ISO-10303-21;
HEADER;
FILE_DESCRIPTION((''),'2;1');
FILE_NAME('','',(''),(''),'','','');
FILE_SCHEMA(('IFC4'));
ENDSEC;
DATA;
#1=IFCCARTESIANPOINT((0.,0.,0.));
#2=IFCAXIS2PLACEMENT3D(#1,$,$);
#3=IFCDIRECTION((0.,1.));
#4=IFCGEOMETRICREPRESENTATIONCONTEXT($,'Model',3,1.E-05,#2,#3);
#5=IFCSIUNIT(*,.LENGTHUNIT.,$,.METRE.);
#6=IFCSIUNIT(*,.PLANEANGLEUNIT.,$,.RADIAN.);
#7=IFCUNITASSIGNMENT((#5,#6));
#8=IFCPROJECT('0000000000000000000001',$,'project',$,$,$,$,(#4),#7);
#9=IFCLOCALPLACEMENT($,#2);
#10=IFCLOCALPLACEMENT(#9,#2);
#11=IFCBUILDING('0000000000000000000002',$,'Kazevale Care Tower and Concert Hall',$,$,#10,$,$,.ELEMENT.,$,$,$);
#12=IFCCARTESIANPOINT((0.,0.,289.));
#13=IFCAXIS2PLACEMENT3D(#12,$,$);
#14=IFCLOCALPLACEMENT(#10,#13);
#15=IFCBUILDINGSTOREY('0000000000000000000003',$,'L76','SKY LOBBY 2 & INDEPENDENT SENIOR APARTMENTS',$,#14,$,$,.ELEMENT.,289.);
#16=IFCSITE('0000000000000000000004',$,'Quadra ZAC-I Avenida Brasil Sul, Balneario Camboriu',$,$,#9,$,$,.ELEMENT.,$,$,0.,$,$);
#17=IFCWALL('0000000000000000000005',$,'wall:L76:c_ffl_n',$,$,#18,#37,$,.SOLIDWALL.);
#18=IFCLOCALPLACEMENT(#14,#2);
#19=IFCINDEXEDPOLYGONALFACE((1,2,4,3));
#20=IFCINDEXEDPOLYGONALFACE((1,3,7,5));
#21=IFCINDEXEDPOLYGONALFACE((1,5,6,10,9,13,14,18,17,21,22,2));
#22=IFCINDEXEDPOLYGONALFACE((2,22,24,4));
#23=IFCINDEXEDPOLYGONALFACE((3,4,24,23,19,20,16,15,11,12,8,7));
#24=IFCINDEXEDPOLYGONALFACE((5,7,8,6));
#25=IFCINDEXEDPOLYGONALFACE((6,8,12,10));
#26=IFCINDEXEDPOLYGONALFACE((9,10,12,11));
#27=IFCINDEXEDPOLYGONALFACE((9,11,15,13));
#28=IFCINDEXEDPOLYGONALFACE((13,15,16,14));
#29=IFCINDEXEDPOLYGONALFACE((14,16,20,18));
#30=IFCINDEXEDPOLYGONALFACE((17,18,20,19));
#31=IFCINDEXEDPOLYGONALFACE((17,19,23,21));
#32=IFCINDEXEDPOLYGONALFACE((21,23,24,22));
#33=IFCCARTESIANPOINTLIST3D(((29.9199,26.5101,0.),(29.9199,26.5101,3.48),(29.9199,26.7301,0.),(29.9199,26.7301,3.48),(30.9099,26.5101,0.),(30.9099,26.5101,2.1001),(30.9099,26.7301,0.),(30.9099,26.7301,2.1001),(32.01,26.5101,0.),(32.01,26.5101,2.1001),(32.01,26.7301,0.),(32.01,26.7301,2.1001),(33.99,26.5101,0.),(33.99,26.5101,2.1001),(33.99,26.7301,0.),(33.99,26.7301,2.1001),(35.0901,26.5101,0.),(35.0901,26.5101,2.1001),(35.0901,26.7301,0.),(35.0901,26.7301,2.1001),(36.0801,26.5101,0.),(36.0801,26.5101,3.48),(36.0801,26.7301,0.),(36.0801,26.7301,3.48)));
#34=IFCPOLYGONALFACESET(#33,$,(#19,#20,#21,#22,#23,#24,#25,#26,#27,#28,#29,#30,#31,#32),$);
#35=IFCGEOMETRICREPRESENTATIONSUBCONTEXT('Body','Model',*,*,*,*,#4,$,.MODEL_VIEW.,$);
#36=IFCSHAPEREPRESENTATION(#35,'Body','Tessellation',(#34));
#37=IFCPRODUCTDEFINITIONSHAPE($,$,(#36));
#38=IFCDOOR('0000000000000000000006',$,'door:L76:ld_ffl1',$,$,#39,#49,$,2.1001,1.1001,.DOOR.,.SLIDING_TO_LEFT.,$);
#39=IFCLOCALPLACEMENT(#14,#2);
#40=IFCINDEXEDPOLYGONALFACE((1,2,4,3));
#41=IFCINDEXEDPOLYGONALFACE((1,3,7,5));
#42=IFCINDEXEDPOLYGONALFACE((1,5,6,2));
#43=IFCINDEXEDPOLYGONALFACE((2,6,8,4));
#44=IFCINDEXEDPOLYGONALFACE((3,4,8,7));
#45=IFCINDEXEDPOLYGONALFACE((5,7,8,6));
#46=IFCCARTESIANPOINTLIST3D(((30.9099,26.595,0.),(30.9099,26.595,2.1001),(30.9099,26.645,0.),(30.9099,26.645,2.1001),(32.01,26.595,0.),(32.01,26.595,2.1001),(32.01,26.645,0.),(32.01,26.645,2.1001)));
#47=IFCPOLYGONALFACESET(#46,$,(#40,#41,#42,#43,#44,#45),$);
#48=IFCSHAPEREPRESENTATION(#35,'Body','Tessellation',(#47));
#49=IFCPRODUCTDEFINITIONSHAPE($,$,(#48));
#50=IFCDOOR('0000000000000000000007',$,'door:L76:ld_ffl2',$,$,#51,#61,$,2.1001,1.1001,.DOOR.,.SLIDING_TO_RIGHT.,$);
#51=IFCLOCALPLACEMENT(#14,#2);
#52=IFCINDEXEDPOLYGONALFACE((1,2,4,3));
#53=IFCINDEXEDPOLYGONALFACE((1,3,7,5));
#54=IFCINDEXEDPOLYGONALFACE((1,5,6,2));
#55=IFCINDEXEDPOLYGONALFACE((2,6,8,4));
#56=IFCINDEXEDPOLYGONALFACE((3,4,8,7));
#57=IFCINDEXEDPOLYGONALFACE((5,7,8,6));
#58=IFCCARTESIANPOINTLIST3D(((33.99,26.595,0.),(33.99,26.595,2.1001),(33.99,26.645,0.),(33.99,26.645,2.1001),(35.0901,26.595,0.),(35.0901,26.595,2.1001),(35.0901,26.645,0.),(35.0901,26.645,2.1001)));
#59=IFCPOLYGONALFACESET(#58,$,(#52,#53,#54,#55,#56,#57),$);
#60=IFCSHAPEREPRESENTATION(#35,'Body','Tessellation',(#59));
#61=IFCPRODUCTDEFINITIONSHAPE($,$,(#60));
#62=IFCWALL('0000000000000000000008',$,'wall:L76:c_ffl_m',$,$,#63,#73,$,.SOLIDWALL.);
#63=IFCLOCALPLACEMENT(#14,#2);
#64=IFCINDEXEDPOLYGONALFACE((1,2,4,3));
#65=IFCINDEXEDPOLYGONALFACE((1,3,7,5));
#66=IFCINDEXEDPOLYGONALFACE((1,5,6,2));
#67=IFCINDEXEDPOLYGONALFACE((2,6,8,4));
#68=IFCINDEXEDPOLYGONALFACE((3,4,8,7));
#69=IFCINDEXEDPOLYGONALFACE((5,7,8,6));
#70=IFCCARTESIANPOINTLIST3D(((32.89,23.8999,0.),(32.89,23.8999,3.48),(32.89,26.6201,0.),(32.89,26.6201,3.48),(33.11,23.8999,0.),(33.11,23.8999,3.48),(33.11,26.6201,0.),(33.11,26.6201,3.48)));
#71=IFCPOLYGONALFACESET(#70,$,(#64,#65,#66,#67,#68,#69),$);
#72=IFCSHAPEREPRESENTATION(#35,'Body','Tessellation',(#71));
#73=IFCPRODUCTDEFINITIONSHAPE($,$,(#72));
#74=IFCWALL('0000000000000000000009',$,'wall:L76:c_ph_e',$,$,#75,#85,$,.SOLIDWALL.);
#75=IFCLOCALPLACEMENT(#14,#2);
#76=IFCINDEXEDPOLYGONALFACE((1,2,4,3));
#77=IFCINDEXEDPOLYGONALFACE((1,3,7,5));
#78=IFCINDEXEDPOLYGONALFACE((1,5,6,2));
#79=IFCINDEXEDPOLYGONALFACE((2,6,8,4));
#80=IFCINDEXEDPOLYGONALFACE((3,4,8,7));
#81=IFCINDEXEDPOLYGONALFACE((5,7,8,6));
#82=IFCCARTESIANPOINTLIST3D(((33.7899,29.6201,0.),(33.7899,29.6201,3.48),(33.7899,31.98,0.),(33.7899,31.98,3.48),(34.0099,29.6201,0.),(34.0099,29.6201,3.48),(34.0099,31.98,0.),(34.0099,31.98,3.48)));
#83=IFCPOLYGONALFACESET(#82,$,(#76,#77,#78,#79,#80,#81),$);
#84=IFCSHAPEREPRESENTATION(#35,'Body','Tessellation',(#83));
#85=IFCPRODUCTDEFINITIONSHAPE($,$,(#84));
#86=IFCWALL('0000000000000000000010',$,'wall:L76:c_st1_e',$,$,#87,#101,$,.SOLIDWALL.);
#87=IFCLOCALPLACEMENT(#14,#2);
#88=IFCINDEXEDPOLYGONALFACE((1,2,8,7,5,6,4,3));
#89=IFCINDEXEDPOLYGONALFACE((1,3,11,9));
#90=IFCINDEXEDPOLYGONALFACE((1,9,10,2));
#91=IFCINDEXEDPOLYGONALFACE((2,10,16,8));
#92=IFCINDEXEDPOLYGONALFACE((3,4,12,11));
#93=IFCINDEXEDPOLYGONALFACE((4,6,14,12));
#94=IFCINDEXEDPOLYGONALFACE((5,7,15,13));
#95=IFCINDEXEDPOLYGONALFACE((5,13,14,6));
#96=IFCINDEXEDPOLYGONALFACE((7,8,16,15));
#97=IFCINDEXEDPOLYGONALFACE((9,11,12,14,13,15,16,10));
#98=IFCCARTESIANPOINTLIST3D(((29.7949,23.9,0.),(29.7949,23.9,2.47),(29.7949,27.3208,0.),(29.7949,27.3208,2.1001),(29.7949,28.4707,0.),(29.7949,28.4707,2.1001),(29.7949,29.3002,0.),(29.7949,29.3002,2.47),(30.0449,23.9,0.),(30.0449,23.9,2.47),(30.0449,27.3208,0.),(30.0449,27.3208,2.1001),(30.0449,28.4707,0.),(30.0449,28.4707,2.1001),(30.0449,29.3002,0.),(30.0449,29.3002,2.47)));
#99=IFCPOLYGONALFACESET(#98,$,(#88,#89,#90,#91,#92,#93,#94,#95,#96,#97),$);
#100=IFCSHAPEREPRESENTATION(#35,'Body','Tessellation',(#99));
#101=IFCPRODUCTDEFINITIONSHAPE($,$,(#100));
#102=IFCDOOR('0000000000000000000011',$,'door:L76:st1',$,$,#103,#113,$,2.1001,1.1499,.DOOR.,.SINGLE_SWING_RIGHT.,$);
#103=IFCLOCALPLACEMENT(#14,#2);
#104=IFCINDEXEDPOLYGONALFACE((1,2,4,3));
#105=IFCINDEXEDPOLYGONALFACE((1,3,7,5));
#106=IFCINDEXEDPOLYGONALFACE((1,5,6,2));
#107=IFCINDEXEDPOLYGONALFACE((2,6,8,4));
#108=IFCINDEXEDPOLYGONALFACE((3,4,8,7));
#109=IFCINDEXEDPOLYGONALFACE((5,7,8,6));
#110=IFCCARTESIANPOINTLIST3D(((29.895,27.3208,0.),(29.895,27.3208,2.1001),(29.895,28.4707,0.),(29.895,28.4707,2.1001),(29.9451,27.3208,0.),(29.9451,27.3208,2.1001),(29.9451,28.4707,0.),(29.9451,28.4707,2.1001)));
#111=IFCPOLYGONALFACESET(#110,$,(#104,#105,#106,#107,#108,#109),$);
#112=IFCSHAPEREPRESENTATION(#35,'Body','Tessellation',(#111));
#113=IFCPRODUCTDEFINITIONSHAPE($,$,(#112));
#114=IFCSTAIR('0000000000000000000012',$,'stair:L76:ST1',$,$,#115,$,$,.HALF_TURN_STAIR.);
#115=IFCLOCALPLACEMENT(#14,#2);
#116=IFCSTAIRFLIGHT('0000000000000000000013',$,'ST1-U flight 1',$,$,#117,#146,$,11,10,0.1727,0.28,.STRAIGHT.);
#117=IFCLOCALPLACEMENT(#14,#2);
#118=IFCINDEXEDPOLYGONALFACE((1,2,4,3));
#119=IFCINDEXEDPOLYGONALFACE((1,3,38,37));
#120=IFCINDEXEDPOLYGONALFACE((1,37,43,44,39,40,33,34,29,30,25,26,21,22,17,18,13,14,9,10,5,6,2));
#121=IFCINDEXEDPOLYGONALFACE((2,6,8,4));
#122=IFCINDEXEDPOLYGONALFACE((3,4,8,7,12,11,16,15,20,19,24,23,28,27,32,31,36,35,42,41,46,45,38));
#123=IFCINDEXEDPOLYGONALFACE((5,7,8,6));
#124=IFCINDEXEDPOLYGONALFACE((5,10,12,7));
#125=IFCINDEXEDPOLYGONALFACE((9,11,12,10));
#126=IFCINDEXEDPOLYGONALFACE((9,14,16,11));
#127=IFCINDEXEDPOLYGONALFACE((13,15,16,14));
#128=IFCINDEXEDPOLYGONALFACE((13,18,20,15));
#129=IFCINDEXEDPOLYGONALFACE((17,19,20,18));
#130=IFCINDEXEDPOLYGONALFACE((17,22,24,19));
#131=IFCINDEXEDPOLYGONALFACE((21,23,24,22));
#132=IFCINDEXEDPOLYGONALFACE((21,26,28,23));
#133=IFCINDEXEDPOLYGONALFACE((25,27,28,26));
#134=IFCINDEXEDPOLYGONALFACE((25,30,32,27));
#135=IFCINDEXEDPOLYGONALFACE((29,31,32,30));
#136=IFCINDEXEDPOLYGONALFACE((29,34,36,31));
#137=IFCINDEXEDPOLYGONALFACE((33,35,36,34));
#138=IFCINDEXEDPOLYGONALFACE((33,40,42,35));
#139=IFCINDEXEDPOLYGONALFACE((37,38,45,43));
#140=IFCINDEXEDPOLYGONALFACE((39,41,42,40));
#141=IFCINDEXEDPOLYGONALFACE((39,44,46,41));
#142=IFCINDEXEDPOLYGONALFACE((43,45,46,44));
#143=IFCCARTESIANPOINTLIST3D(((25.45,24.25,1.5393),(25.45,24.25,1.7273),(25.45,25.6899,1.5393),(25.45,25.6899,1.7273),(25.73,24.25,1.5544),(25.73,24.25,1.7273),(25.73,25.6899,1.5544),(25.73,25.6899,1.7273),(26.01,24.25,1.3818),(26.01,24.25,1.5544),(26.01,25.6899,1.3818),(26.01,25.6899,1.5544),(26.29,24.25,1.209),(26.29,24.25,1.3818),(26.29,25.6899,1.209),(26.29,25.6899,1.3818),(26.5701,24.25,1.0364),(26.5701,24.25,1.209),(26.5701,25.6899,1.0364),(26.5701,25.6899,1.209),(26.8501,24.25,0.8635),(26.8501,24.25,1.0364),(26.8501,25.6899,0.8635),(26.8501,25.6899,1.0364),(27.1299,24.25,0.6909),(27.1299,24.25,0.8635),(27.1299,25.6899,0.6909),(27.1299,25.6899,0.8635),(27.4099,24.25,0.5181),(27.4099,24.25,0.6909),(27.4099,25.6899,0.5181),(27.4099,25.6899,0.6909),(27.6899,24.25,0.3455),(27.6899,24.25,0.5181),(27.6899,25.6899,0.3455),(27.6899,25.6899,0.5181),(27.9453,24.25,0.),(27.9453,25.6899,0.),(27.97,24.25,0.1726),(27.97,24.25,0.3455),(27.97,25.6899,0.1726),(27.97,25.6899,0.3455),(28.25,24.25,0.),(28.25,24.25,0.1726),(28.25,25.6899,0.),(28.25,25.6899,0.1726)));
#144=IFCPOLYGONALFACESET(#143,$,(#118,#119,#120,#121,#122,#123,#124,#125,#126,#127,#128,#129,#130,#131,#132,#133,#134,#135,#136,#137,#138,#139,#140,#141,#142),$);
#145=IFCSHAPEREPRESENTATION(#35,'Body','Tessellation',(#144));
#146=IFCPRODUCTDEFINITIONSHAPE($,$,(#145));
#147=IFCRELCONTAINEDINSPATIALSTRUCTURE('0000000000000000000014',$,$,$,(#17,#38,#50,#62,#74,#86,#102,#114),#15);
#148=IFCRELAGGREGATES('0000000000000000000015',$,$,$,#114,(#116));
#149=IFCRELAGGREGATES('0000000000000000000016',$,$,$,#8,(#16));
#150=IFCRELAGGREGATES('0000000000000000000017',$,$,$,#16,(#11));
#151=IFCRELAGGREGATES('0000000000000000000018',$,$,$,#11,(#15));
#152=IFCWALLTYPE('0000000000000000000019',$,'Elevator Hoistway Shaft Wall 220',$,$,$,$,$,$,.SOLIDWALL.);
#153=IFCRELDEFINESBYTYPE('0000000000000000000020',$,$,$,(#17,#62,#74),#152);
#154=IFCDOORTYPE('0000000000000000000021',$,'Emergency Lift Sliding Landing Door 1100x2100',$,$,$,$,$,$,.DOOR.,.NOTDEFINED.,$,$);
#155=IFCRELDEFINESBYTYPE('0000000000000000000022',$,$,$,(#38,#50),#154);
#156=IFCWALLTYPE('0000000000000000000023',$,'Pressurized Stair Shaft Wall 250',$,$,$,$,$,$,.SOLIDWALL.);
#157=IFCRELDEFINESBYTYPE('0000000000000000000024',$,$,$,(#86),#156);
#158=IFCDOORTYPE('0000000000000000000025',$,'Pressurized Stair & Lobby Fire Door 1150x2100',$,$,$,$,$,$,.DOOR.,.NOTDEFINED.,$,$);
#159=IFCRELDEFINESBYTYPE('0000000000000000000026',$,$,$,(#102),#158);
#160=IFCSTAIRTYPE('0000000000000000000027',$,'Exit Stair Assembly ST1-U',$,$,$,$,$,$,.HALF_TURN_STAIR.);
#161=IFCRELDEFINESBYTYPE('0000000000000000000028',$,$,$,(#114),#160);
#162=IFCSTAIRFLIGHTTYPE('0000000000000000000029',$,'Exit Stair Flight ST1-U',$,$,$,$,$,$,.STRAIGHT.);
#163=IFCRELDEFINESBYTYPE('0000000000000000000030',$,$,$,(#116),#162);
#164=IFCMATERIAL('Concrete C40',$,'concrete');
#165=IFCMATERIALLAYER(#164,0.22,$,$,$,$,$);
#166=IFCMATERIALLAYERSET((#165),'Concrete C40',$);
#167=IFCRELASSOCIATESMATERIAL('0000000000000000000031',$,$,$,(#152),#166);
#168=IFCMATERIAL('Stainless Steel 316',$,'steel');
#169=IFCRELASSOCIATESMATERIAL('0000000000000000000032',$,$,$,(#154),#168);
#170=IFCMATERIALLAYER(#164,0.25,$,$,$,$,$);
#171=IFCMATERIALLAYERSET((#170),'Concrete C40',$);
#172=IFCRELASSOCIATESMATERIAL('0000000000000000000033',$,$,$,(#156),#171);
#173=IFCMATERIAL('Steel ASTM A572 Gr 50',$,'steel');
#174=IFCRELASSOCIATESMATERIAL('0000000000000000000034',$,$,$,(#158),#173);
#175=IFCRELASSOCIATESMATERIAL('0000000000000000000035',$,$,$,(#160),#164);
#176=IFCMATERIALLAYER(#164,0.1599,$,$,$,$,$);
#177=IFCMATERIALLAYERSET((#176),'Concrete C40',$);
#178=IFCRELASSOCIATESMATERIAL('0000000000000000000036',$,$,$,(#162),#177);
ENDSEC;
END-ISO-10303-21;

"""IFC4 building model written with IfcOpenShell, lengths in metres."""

from ifc_helpers import new_model, si_unit, direction, frame, frame_2d, origin, place, context, subcontext, project, spatial, polyline, rectangle, outline, extrude, material, layer, layer_set, type_object, element, fill, aggregate, save


model = new_model("IFC4")

# Units and contexts
model_context = context("Model", 3, precision=1e-05, world=origin(), true_north=direction((0.0, 1.0)))
body_context = subcontext(model_context, "Body", "Model", "MODEL_VIEW")
ifc_project = project(units=[si_unit("LENGTHUNIT", "METRE"), si_unit("PLANEANGLEUNIT", "RADIAN")], contexts=[model_context])

# Site, building, storey
site_placement = place(None, origin())
site = spatial("IfcSite", under=ifc_project, at=site_placement, Name="Quadra ZAC-I Avenida Brasil Sul, Balneario Camboriu", CompositionType="ELEMENT", RefElevation=0.0)
building_placement = place(site_placement, origin())
building = spatial("IfcBuilding", under=site, at=building_placement, Name="Kazevale Care Tower and Concert Hall", CompositionType="ELEMENT")
storey_placement = place(building_placement, frame((0.0, 0.0, 289.0)))
storey = spatial("IfcBuildingStorey", under=building, at=storey_placement, Name="L76", Description="SKY LOBBY 2 & INDEPENDENT SENIOR APARTMENTS", CompositionType="ELEMENT", Elevation=289.0)

# Shared definitions
ifc_material_1 = material(Name="Steel ASTM A572 Gr 50", Category="steel")

# Wall, openings, doors
ifc_material_2 = material(Name="Concrete C40", Category="concrete")
ifc_layer_1 = layer(ifc_material_2, 0.22)
ifc_layer_set_1 = layer_set([ifc_layer_1], Name="Concrete C40")
wall_type_1 = type_object("IfcWallType", Name="Elevator Hoistway Shaft Wall 220", PredefinedType="SOLIDWALL", material=ifc_layer_set_1)
wall_1_placement = place(storey_placement, frame((29.9199, 26.6201, 0.0), z_axis=(0.0, 0.0, 1.0), x_axis=(1.0, 0.0, 0.0)))
wall_1 = element("IfcWall", 1, at=wall_1_placement, inside=storey, type_object=wall_type_1, Name="wall:L76:c_ffl_n", PredefinedType="SOLIDWALL", context=body_context, shape_type="SweptSolid", body=[
    extrude(rectangle(XDim=6.1602, YDim=0.22, at=frame_2d((3.0801, 0.0))), origin(), (0.0, 0.0, 1.0), 3.48),
])
opening_1_placement = place(wall_1_placement, frame((0.99, 0.0, 0.0)))
opening_1 = element("IfcOpeningElement", 2, at=opening_1_placement, cuts=wall_1, PredefinedType="OPENING", context=body_context, shape_type="SweptSolid", body=[
    extrude(rectangle(XDim=1.1001, YDim=2.1001, at=frame_2d((0.55, 1.05))), frame((0.0, 0.1199, 0.0), z_axis=(0.0, -1.0, 0.0), x_axis=(1.0, 0.0, 0.0)), (0.0, 0.0, 1.0), 0.24),
])
opening_2_placement = place(wall_1_placement, frame((4.0701, 0.0, 0.0)))
opening_2 = element("IfcOpeningElement", 3, at=opening_2_placement, cuts=wall_1, PredefinedType="OPENING", context=body_context, shape_type="SweptSolid", body=[
    extrude(rectangle(XDim=1.1001, YDim=2.1001, at=frame_2d((0.55, 1.05))), frame((0.0, 0.1199, 0.0), z_axis=(0.0, -1.0, 0.0), x_axis=(1.0, 0.0, 0.0)), (0.0, 0.0, 1.0), 0.24),
])
ifc_material_3 = material(Name="Stainless Steel 316", Category="steel")
door_type_1 = type_object("IfcDoorType", Name="Emergency Lift Sliding Landing Door 1100x2100", OperationType="NOTDEFINED", PredefinedType="DOOR", material=ifc_material_3)
door_1_placement = place(opening_1_placement, origin())
door_1 = element("IfcDoor", 4, at=door_1_placement, inside=storey, type_object=door_type_1, Name="door:L76:ld_ffl1", OperationType="SLIDING_TO_LEFT", OverallHeight=2.1001, OverallWidth=1.1001, PredefinedType="DOOR", context=body_context, shape_type="SweptSolid", body=[
    extrude(rectangle(XDim=1.1001, YDim=2.1001, at=frame_2d((0.55, 1.05))), frame((0.0, 0.0249, 0.0), z_axis=(0.0, -1.0, 0.0), x_axis=(1.0, 0.0, 0.0)), (0.0, 0.0, 1.0), 0.05),
])
fill(opening_1, door_1)
door_2_placement = place(opening_2_placement, origin())
door_2 = element("IfcDoor", 5, at=door_2_placement, inside=storey, type_object=door_type_1, Name="door:L76:ld_ffl2", OperationType="SLIDING_TO_RIGHT", OverallHeight=2.1001, OverallWidth=1.1001, PredefinedType="DOOR", context=body_context, shape_type="SweptSolid", body=[
    extrude(rectangle(XDim=1.1001, YDim=2.1001, at=frame_2d((0.55, 1.05))), frame((0.0, 0.0249, 0.0), z_axis=(0.0, -1.0, 0.0), x_axis=(1.0, 0.0, 0.0)), (0.0, 0.0, 1.0), 0.05),
])
fill(opening_2, door_2)

# Walls
wall_2_placement = place(storey_placement, frame((33.0, 23.8999, 0.0), z_axis=(0.0, 0.0, 1.0), x_axis=(0.0, 1.0, 0.0)))
element("IfcWall", 6, at=wall_2_placement, inside=storey, type_object=wall_type_1, Name="wall:L76:c_ffl_m", PredefinedType="SOLIDWALL", context=body_context, shape_type="SweptSolid", body=[
    extrude(rectangle(XDim=2.7202, YDim=0.22, at=frame_2d((1.3601, 0.0))), origin(), (0.0, 0.0, 1.0), 3.48),
])
wall_3_placement = place(storey_placement, frame((33.8999, 29.6201, 0.0), z_axis=(0.0, 0.0, 1.0), x_axis=(0.0, 1.0, 0.0)))
element("IfcWall", 7, at=wall_3_placement, inside=storey, type_object=wall_type_1, Name="wall:L76:c_ph_e", PredefinedType="SOLIDWALL", context=body_context, shape_type="SweptSolid", body=[
    extrude(rectangle(XDim=2.3599, YDim=0.22, at=frame_2d((1.1799, 0.0))), origin(), (0.0, 0.0, 1.0), 3.48),
])

# Wall, opening, door
ifc_layer_2 = layer(ifc_material_2, 0.25)
ifc_layer_set_2 = layer_set([ifc_layer_2], Name="Concrete C40")
wall_type_2 = type_object("IfcWallType", Name="Pressurized Stair Shaft Wall 250", PredefinedType="SOLIDWALL", material=ifc_layer_set_2)
wall_4_placement = place(storey_placement, frame((29.9199, 23.8999, 0.0), z_axis=(0.0, 0.0, 1.0), x_axis=(0.0, 1.0, 0.0)))
wall_4 = element("IfcWall", 8, at=wall_4_placement, inside=storey, type_object=wall_type_2, Name="wall:L76:c_st1_e", PredefinedType="SOLIDWALL", context=body_context, shape_type="SweptSolid", body=[
    extrude(rectangle(XDim=5.4001, YDim=0.25, at=frame_2d((2.7002, 0.0))), origin(), (0.0, 0.0, 1.0), 2.47),
])
opening_3_placement = place(wall_4_placement, frame((3.4209, 0.0, 0.0)))
opening_3 = element("IfcOpeningElement", 9, at=opening_3_placement, cuts=wall_4, PredefinedType="OPENING", context=body_context, shape_type="SweptSolid", body=[
    extrude(rectangle(XDim=1.1499, YDim=2.1001, at=frame_2d((0.575, 1.05))), frame((0.0, 0.135, 0.0), z_axis=(0.0, -1.0, 0.0), x_axis=(1.0, 0.0, 0.0)), (0.0, 0.0, 1.0), 0.27),
])
door_type_2 = type_object("IfcDoorType", Name="Pressurized Stair & Lobby Fire Door 1150x2100", OperationType="NOTDEFINED", PredefinedType="DOOR", material=ifc_material_1)
door_3_placement = place(opening_3_placement, origin())
door_3 = element("IfcDoor", 10, at=door_3_placement, inside=storey, type_object=door_type_2, Name="door:L76:st1", OperationType="SINGLE_SWING_RIGHT", OverallHeight=2.1001, OverallWidth=1.1499, PredefinedType="DOOR", context=body_context, shape_type="SweptSolid", body=[
    extrude(rectangle(XDim=1.1499, YDim=2.1001, at=frame_2d((0.575, 1.05))), frame((0.0, 0.0249, 0.0), z_axis=(0.0, -1.0, 0.0), x_axis=(1.0, 0.0, 0.0)), (0.0, 0.0, 1.0), 0.05),
])
fill(opening_3, door_3)

# Stair, stair flight
stair_type = type_object("IfcStairType", Name="Exit Stair Assembly ST1-U", PredefinedType="HALF_TURN_STAIR", material=ifc_material_2)
stair_placement = place(storey_placement, origin())
stair = element("IfcStair", 11, at=stair_placement, inside=storey, type_object=stair_type, Name="stair:L76:ST1", PredefinedType="HALF_TURN_STAIR")
ifc_layer_3 = layer(ifc_material_2, 0.1599)
ifc_layer_set_3 = layer_set([ifc_layer_3], Name="Concrete C40")
stair_flight_type = type_object("IfcStairFlightType", Name="Exit Stair Flight ST1-U", PredefinedType="STRAIGHT", material=ifc_layer_set_3)
stair_flight_placement = place(storey_placement, frame((28.25, 24.97, 0.0), z_axis=(0.0, 0.0, 1.0), x_axis=(-1.0, 0.0, 0.0)))
stair_flight = element("IfcStairFlight", 12, at=stair_flight_placement, type_object=stair_flight_type, Name="ST1-U flight 1", NumberOfRisers=11, NumberOfTreads=10, PredefinedType="STRAIGHT", RiserHeight=0.1727, TreadLength=0.28, context=body_context, shape_type="SweptSolid", body=[
    extrude(outline(polyline([(0.0, 0.0), (0.0, 0.1726), (0.28, 0.1726), (0.28, 0.3455), (0.5601, 0.3455), (0.5601, 0.5181), (0.8401, 0.5181), (0.8401, 0.6909), (1.1201, 0.6909), (1.1201, 0.8635), (1.3999, 0.8635), (1.3999, 1.0364), (1.6799, 1.0364), (1.6799, 1.209), (1.96, 1.209), (1.96, 1.3818), (2.24, 1.3818), (2.24, 1.5544), (2.52, 1.5544), (2.52, 1.7273), (2.8, 1.7273), (2.8, 1.8999), (2.8, 1.5393), (0.3047, 0.0), (0.0, 0.0)])), frame((0.0, 0.72, 0.0), z_axis=(0.0, -1.0, 0.0), x_axis=(1.0, 0.0, 0.0)), (0.0, 0.0, 1.0), 1.4399),
])
aggregate(stair, [stair_flight])

save(model, "model.ifc")
